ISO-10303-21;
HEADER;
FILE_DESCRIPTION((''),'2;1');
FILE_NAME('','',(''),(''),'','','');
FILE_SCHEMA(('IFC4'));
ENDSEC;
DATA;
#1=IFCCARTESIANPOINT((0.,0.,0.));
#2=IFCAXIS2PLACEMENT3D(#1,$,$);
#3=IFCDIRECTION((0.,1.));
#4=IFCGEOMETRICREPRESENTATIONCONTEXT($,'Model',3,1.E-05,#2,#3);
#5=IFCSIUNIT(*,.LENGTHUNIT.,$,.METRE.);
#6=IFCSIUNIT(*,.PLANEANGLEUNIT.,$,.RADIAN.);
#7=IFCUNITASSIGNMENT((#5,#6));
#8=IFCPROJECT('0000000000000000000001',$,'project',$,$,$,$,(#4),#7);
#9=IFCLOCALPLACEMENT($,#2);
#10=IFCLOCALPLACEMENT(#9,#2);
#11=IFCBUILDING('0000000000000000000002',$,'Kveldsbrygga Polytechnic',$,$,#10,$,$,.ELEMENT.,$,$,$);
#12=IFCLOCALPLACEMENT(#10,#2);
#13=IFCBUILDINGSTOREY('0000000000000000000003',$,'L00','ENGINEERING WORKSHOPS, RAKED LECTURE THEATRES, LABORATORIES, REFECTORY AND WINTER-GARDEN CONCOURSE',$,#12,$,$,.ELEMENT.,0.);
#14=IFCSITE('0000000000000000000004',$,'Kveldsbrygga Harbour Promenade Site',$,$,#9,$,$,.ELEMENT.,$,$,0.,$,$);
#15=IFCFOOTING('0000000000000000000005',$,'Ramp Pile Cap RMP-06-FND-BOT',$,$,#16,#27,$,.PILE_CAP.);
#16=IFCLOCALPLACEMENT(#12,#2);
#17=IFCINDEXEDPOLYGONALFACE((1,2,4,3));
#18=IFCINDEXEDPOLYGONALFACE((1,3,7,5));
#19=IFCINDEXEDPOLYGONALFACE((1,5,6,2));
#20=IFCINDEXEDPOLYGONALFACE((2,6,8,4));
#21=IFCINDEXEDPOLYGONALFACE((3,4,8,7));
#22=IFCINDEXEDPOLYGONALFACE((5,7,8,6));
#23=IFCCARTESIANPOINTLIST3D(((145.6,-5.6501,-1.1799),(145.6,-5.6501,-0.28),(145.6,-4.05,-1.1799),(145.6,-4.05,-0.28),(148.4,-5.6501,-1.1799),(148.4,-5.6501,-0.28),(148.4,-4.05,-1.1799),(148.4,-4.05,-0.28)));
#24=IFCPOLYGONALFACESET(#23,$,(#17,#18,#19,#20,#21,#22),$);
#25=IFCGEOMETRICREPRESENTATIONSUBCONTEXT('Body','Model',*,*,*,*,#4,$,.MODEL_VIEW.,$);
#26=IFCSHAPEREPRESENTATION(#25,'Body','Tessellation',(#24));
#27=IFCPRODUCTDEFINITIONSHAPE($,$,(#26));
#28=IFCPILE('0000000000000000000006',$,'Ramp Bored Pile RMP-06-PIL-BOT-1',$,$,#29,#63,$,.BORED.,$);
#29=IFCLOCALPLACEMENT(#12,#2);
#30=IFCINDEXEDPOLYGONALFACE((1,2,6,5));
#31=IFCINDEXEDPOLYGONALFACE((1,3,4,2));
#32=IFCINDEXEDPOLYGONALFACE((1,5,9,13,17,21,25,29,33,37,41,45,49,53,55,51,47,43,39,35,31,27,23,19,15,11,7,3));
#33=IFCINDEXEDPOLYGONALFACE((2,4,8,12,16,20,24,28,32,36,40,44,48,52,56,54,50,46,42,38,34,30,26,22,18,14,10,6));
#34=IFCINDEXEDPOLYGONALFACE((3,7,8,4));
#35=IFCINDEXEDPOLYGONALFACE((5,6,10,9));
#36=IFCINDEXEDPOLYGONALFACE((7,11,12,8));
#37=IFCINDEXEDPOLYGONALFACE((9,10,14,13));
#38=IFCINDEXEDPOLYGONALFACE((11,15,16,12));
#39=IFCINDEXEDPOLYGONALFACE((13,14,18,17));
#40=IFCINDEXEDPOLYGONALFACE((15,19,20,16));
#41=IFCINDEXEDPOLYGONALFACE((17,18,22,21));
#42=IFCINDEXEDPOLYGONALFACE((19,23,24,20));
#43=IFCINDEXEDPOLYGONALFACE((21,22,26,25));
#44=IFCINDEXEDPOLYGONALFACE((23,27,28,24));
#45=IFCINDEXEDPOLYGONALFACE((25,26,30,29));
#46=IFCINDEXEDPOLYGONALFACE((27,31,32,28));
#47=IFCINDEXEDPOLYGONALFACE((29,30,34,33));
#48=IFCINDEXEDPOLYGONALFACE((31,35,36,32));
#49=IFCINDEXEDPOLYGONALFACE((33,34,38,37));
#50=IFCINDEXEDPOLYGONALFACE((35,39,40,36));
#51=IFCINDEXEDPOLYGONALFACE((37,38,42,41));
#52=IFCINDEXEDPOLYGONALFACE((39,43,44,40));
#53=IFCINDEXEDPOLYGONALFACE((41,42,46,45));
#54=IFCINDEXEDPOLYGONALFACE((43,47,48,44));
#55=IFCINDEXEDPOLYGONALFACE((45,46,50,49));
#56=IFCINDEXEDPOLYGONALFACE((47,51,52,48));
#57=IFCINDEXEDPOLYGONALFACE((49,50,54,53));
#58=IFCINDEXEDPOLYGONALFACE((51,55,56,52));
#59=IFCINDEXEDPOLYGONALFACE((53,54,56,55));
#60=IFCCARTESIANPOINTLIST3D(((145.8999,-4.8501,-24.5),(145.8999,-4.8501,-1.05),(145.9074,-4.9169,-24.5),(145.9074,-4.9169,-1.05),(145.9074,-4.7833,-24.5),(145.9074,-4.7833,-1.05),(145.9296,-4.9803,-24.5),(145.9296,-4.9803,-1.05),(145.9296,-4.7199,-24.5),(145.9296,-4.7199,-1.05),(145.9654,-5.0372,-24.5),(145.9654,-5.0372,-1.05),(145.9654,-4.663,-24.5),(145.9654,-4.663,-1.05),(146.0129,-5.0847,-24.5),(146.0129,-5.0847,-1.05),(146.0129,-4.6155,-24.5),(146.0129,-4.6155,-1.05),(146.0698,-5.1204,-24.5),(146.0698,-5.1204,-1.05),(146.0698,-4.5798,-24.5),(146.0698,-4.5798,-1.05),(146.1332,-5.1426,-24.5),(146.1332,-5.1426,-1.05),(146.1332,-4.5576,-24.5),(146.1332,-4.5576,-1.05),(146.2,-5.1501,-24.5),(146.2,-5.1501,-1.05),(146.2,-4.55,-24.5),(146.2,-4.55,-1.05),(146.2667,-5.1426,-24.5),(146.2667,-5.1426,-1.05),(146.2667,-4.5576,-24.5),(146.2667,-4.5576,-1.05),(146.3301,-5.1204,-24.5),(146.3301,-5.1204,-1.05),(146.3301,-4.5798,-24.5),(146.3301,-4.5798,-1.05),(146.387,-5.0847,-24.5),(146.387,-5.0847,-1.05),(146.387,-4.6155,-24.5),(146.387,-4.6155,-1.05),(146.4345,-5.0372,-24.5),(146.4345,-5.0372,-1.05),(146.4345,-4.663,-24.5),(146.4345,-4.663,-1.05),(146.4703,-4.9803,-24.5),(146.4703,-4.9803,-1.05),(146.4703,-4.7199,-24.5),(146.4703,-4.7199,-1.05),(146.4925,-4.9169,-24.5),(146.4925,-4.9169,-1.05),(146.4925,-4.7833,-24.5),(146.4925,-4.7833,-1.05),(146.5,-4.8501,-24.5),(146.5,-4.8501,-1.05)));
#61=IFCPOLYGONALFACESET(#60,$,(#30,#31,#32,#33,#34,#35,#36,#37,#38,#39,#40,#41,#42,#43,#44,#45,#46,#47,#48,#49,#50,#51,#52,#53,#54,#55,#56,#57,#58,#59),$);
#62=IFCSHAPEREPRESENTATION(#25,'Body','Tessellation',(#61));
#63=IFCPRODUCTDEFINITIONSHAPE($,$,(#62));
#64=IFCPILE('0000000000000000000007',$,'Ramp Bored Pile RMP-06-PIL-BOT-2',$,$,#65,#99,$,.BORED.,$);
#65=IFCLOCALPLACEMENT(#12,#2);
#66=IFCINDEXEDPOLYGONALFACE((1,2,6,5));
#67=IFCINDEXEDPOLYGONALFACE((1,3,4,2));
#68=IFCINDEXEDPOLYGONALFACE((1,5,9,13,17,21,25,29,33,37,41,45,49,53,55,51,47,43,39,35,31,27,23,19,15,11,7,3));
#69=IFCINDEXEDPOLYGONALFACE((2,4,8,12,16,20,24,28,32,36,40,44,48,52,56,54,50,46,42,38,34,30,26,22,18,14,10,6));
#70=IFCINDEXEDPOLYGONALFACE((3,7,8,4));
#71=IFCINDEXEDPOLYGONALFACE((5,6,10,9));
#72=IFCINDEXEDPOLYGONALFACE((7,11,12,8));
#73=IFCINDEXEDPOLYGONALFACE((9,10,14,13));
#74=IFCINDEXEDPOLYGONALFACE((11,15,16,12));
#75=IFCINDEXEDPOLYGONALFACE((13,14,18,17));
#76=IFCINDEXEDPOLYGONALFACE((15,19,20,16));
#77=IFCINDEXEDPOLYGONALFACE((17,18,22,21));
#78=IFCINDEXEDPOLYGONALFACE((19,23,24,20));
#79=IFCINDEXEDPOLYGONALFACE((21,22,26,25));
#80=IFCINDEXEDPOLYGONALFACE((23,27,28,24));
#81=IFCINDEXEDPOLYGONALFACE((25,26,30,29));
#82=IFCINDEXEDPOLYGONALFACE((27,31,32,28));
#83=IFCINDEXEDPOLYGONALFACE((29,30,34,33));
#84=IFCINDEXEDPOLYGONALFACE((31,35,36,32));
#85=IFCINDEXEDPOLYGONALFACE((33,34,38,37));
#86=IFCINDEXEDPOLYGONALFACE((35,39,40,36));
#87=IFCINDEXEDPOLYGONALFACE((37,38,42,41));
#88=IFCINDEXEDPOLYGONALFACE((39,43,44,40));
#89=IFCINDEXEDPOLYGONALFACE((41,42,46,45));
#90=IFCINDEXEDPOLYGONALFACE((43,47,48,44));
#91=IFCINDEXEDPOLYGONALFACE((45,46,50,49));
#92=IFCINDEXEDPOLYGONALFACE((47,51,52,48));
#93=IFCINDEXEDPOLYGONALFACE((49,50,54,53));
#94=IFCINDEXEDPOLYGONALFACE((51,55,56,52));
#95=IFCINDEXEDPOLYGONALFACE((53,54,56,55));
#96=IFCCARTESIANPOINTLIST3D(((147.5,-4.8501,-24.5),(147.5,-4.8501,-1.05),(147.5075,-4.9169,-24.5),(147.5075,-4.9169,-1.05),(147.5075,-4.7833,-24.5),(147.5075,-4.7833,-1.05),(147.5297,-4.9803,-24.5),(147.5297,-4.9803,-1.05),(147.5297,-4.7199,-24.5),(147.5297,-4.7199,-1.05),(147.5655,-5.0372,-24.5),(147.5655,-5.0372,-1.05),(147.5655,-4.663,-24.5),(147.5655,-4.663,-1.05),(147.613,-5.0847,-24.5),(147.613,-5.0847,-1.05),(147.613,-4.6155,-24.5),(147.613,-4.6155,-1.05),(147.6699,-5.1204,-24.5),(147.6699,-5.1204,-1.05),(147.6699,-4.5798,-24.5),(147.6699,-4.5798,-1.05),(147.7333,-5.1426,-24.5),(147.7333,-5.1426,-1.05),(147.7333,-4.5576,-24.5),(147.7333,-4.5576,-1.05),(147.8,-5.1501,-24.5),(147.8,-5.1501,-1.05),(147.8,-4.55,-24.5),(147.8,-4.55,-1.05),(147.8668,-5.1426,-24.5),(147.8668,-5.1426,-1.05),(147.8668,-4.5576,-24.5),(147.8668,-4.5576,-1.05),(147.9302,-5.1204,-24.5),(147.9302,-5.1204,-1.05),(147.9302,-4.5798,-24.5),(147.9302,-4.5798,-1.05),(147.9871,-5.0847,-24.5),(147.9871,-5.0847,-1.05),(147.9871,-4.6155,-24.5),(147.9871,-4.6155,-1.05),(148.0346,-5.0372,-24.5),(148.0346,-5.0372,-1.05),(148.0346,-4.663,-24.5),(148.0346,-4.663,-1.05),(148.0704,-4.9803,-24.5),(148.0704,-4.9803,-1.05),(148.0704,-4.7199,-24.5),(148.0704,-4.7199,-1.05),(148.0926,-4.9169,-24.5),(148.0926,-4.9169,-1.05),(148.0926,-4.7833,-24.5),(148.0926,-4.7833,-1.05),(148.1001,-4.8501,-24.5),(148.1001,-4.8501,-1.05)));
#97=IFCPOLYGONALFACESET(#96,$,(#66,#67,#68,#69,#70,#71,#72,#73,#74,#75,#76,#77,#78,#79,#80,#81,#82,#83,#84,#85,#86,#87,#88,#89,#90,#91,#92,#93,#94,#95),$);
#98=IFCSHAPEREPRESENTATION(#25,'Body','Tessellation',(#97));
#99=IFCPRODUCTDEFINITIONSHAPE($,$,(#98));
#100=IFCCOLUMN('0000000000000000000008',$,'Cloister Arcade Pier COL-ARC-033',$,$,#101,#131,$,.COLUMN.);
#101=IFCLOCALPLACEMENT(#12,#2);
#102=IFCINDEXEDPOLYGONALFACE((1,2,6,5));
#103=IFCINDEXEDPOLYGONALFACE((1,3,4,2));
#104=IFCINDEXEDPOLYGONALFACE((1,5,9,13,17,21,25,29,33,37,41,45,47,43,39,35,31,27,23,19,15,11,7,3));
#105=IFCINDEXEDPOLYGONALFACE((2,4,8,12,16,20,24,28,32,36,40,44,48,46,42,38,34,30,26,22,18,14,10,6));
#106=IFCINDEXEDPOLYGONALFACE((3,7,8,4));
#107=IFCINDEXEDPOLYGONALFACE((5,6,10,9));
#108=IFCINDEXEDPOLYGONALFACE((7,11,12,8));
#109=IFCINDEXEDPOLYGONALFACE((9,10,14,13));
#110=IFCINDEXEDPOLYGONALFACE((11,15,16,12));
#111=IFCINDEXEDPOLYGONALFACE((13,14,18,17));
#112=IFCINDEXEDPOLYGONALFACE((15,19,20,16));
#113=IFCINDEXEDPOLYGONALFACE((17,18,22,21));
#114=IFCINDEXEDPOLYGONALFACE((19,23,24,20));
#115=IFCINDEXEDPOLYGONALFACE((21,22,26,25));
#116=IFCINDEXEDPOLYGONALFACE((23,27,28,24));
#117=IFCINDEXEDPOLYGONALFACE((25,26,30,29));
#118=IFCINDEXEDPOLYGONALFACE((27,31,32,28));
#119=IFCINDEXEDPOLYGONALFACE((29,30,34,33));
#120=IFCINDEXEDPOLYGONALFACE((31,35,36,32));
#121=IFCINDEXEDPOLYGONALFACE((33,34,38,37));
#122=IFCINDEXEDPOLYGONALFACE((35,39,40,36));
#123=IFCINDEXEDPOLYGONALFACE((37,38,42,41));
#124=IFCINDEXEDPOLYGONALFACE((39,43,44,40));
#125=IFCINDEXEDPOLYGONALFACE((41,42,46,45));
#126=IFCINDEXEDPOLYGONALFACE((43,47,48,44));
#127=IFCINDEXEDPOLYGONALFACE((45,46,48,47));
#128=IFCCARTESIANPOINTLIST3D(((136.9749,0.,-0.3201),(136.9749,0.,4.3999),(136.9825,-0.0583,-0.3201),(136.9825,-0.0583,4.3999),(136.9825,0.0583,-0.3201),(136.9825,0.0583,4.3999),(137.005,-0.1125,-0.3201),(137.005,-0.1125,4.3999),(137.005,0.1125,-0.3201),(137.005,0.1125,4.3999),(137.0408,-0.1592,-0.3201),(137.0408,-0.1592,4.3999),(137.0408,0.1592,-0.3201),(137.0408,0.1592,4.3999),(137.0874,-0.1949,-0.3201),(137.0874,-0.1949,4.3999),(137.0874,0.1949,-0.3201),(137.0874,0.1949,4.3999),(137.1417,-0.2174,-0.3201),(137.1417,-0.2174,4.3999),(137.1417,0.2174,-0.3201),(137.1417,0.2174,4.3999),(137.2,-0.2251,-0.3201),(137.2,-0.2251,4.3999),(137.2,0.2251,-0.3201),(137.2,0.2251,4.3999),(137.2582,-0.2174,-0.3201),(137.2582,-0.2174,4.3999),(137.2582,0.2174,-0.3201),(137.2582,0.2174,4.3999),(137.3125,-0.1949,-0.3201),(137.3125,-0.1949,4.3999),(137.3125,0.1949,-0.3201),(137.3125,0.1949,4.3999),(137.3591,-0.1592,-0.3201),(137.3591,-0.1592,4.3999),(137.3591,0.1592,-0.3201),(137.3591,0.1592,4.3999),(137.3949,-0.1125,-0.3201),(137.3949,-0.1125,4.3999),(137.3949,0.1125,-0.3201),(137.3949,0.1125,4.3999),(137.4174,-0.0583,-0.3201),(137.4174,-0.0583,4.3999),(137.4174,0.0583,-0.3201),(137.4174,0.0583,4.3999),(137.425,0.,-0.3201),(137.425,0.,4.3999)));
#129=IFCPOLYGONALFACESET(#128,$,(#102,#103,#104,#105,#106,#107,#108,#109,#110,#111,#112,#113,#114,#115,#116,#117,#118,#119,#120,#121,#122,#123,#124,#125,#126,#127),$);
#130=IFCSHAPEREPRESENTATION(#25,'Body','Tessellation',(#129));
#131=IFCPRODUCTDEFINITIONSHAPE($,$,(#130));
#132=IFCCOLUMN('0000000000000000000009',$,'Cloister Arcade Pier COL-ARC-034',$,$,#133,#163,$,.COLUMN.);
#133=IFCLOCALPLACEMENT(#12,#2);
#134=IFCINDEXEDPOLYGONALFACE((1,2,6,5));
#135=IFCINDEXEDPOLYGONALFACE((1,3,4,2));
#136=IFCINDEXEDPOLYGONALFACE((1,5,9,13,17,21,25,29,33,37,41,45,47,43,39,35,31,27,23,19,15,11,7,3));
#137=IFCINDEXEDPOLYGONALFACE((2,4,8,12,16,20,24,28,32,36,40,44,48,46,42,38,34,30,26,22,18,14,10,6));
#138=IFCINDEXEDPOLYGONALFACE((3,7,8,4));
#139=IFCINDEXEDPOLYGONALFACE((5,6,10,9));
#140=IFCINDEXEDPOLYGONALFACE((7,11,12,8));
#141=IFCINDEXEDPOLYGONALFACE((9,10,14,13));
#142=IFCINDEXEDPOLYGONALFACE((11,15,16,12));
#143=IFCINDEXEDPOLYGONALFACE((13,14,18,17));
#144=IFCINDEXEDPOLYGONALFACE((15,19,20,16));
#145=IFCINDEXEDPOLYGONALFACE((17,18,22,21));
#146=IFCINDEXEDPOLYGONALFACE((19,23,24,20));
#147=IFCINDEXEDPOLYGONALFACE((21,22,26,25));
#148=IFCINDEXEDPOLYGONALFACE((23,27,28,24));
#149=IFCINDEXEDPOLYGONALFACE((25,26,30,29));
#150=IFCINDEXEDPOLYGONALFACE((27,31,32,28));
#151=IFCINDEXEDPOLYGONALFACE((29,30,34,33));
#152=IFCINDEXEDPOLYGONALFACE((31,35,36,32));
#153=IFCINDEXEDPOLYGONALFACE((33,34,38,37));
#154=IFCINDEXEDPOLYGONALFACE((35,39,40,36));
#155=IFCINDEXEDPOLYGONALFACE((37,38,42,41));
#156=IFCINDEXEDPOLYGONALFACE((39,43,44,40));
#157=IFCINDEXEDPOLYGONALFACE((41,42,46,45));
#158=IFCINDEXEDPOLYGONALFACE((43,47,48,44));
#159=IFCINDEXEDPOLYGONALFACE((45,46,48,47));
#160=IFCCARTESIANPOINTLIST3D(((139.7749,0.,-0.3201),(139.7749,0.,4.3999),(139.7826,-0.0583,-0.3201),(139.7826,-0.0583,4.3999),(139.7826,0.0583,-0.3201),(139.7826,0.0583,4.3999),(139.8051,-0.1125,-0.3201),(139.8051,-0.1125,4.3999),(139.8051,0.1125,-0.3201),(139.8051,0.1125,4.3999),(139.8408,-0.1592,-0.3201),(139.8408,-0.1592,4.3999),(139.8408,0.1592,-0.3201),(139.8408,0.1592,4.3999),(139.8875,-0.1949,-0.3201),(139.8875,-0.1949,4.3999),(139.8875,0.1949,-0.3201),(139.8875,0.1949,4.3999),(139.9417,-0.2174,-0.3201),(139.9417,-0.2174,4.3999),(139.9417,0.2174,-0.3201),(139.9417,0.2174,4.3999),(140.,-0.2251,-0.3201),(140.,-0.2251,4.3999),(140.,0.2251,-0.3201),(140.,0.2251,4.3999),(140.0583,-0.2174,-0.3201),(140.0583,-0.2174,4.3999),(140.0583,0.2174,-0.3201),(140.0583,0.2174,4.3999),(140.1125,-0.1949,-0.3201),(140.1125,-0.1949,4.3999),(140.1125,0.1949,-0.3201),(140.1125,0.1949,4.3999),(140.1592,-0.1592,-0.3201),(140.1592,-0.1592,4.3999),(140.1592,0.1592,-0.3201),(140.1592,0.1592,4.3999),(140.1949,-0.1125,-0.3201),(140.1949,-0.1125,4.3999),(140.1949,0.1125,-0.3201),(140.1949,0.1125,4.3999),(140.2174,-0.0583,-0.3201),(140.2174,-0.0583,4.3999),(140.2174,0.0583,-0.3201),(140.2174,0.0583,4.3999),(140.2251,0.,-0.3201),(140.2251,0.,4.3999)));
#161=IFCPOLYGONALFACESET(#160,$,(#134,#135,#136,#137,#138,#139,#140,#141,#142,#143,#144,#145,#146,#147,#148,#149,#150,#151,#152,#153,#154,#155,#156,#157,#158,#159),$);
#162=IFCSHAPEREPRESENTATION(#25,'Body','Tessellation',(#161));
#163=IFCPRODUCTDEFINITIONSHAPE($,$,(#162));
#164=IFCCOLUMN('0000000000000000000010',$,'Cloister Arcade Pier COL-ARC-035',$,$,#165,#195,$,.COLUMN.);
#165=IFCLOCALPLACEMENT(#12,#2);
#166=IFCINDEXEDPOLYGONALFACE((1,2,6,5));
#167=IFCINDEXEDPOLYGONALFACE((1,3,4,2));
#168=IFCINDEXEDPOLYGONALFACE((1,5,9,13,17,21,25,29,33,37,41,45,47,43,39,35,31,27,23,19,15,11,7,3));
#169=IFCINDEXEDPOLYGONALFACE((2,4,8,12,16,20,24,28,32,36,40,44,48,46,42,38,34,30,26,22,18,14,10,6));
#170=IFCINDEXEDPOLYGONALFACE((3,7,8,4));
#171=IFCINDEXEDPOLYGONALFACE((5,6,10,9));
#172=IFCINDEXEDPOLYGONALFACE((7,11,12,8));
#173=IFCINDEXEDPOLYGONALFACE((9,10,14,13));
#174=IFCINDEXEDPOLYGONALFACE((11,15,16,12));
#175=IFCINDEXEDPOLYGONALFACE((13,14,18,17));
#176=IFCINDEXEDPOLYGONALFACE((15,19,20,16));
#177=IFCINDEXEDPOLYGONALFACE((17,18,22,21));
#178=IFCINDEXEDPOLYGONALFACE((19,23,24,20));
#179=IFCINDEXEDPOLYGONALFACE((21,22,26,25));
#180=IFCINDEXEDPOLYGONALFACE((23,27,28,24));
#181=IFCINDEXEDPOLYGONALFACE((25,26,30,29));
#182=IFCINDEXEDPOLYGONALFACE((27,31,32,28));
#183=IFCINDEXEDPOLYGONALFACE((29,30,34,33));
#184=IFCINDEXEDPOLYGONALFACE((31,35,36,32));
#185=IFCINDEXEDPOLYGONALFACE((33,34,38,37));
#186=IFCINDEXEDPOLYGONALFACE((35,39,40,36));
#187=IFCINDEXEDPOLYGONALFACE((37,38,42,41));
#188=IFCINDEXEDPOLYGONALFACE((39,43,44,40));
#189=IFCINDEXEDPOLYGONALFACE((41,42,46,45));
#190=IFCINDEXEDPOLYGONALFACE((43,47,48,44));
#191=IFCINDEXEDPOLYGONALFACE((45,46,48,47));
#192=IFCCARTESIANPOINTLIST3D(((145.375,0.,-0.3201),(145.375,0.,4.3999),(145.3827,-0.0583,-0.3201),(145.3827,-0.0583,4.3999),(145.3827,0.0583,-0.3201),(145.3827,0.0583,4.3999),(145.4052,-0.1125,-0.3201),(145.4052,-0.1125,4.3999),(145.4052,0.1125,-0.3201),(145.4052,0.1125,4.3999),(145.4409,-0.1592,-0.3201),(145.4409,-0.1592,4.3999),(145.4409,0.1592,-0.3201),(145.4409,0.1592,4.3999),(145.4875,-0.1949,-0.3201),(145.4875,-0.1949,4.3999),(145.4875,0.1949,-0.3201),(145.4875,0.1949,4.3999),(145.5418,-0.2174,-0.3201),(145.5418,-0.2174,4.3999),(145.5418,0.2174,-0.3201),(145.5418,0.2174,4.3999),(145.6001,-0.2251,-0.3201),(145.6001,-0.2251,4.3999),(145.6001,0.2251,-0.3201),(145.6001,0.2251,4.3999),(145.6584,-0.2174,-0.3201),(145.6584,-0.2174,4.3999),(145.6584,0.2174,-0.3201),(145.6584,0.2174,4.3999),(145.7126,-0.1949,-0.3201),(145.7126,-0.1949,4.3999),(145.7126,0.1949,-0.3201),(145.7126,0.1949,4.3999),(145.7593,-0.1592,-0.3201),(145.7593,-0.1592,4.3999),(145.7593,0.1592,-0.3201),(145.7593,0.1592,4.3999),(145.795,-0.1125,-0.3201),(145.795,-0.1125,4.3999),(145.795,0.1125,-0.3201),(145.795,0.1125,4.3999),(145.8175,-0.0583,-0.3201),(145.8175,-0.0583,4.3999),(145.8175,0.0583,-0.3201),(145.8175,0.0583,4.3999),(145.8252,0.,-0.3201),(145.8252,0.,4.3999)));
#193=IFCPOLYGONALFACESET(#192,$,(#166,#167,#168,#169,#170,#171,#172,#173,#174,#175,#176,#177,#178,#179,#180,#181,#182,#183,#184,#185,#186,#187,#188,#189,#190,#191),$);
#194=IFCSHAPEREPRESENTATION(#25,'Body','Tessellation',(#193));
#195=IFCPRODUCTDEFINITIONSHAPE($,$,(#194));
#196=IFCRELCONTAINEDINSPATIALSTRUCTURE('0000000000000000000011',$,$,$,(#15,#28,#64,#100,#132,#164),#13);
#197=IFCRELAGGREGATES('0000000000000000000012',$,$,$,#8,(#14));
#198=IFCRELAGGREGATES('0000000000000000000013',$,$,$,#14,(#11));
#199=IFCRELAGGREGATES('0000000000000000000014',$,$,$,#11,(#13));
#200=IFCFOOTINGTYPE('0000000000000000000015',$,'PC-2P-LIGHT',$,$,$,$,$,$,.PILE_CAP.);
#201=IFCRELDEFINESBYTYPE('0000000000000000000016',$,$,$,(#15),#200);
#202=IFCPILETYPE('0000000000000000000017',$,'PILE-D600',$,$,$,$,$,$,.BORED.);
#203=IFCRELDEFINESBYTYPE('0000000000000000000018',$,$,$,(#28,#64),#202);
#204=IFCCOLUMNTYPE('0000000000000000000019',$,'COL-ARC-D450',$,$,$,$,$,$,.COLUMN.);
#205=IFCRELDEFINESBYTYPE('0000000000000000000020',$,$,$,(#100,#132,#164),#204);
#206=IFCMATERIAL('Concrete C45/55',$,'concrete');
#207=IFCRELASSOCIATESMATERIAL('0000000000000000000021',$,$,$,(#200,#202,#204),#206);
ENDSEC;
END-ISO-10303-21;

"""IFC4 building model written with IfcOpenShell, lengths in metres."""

from ifc_helpers import new_model, si_unit, direction, frame, origin, origin_2d, place, context, subcontext, project, spatial, rectangle, circle, extrude, material, material_profile, profile_set, type_object, element, save


model = new_model("IFC4")

# Units and contexts
model_context = context("Model", 3, precision=1e-05, world=origin(), true_north=direction((0.0, 1.0)))
body_context = subcontext(model_context, "Body", "Model", "MODEL_VIEW")
ifc_project = project(units=[si_unit("LENGTHUNIT", "METRE"), si_unit("PLANEANGLEUNIT", "RADIAN")], contexts=[model_context])

# Site, building, storey
site_placement = place(None, origin())
site = spatial("IfcSite", under=ifc_project, at=site_placement, Name="Kveldsbrygga Harbour Promenade Site", CompositionType="ELEMENT", RefElevation=0.0)
building_placement = place(site_placement, origin())
building = spatial("IfcBuilding", under=site, at=building_placement, Name="Kveldsbrygga Polytechnic", CompositionType="ELEMENT")
storey_placement = place(building_placement, origin())
storey = spatial("IfcBuildingStorey", under=building, at=storey_placement, Name="L00", Description="ENGINEERING WORKSHOPS, RAKED LECTURE THEATRES, LABORATORIES, REFECTORY AND WINTER-GARDEN CONCOURSE", CompositionType="ELEMENT", Elevation=0.0)

# Footing
ifc_material_1 = material(Name="Concrete C45/55", Category="concrete")
footing_type = type_object("IfcFootingType", Name="PC-2P-LIGHT", PredefinedType="PILE_CAP", material=ifc_material_1)
footing_placement = place(storey_placement, frame((147.0, -4.8501, -1.1799), z_axis=(0.0, 0.0, 1.0), x_axis=(1.0, 0.0, 0.0)))
element("IfcFooting", 1, at=footing_placement, inside=storey, type_object=footing_type, Name="Ramp Pile Cap RMP-06-FND-BOT", PredefinedType="PILE_CAP", context=body_context, shape_type="SweptSolid", body=[
    extrude(rectangle(XDim=2.8, YDim=1.6001, at=origin_2d()), origin(), (0.0, 0.0, 1.0), 0.8999),
])

# Piles
ifc_material_profile_1 = material_profile(ifc_material_1, circle(Radius=0.3, at=origin_2d()), Name="PILE D600")
ifc_profile_set_1 = profile_set([ifc_material_profile_1], Name="Concrete C45/55")
pile_type = type_object("IfcPileType", Name="PILE-D600", PredefinedType="BORED", material=ifc_profile_set_1)
for number, where, z_axis, x_axis, name in (
    (2, (146.2, -4.8501, -1.05), (0.0, 0.0, -1.0), (1.0, 0.0, 0.0), "Ramp Bored Pile RMP-06-PIL-BOT-1"),
    (3, (147.8, -4.8501, -1.05), (0.0, 0.0, -1.0), (1.0, 0.0, 0.0), "Ramp Bored Pile RMP-06-PIL-BOT-2"),
):
    element("IfcPile", number, at=place(storey_placement, frame(where, z_axis=z_axis, x_axis=x_axis)), inside=storey, type_object=pile_type, Name=name, PredefinedType="BORED", context=body_context, shape_type="SweptSolid", body=[
        extrude(circle(Radius=0.3, at=origin_2d()), origin(), (0.0, 0.0, 1.0), 23.45),
    ])

# Columns
ifc_material_profile_2 = material_profile(ifc_material_1, circle(Radius=0.2251, at=origin_2d()), Name="RC D450")
ifc_profile_set_2 = profile_set([ifc_material_profile_2], Name="Concrete C45/55")
column_type_1 = type_object("IfcColumnType", Name="COL-ARC-D450", PredefinedType="COLUMN", material=ifc_profile_set_2)
for number, where, z_axis, x_axis, name in (
    (4, (137.2, 0.0, -0.3201), (0.0, 0.0, 1.0), (1.0, 0.0, 0.0), "Cloister Arcade Pier COL-ARC-033"),
    (5, (140.0, 0.0, -0.3201), (0.0, 0.0, 1.0), (1.0, 0.0, 0.0), "Cloister Arcade Pier COL-ARC-034"),
    (6, (145.6001, 0.0, -0.3201), (0.0, 0.0, 1.0), (1.0, 0.0, 0.0), "Cloister Arcade Pier COL-ARC-035"),
):
    element("IfcColumn", number, at=place(storey_placement, frame(where, z_axis=z_axis, x_axis=x_axis)), inside=storey, type_object=column_type_1, Name=name, PredefinedType="COLUMN", context=body_context, shape_type="SweptSolid", body=[
        extrude(circle(Radius=0.2251, at=origin_2d()), origin(), (0.0, 0.0, 1.0), 4.72),
    ])

save(model, "model.ifc")
